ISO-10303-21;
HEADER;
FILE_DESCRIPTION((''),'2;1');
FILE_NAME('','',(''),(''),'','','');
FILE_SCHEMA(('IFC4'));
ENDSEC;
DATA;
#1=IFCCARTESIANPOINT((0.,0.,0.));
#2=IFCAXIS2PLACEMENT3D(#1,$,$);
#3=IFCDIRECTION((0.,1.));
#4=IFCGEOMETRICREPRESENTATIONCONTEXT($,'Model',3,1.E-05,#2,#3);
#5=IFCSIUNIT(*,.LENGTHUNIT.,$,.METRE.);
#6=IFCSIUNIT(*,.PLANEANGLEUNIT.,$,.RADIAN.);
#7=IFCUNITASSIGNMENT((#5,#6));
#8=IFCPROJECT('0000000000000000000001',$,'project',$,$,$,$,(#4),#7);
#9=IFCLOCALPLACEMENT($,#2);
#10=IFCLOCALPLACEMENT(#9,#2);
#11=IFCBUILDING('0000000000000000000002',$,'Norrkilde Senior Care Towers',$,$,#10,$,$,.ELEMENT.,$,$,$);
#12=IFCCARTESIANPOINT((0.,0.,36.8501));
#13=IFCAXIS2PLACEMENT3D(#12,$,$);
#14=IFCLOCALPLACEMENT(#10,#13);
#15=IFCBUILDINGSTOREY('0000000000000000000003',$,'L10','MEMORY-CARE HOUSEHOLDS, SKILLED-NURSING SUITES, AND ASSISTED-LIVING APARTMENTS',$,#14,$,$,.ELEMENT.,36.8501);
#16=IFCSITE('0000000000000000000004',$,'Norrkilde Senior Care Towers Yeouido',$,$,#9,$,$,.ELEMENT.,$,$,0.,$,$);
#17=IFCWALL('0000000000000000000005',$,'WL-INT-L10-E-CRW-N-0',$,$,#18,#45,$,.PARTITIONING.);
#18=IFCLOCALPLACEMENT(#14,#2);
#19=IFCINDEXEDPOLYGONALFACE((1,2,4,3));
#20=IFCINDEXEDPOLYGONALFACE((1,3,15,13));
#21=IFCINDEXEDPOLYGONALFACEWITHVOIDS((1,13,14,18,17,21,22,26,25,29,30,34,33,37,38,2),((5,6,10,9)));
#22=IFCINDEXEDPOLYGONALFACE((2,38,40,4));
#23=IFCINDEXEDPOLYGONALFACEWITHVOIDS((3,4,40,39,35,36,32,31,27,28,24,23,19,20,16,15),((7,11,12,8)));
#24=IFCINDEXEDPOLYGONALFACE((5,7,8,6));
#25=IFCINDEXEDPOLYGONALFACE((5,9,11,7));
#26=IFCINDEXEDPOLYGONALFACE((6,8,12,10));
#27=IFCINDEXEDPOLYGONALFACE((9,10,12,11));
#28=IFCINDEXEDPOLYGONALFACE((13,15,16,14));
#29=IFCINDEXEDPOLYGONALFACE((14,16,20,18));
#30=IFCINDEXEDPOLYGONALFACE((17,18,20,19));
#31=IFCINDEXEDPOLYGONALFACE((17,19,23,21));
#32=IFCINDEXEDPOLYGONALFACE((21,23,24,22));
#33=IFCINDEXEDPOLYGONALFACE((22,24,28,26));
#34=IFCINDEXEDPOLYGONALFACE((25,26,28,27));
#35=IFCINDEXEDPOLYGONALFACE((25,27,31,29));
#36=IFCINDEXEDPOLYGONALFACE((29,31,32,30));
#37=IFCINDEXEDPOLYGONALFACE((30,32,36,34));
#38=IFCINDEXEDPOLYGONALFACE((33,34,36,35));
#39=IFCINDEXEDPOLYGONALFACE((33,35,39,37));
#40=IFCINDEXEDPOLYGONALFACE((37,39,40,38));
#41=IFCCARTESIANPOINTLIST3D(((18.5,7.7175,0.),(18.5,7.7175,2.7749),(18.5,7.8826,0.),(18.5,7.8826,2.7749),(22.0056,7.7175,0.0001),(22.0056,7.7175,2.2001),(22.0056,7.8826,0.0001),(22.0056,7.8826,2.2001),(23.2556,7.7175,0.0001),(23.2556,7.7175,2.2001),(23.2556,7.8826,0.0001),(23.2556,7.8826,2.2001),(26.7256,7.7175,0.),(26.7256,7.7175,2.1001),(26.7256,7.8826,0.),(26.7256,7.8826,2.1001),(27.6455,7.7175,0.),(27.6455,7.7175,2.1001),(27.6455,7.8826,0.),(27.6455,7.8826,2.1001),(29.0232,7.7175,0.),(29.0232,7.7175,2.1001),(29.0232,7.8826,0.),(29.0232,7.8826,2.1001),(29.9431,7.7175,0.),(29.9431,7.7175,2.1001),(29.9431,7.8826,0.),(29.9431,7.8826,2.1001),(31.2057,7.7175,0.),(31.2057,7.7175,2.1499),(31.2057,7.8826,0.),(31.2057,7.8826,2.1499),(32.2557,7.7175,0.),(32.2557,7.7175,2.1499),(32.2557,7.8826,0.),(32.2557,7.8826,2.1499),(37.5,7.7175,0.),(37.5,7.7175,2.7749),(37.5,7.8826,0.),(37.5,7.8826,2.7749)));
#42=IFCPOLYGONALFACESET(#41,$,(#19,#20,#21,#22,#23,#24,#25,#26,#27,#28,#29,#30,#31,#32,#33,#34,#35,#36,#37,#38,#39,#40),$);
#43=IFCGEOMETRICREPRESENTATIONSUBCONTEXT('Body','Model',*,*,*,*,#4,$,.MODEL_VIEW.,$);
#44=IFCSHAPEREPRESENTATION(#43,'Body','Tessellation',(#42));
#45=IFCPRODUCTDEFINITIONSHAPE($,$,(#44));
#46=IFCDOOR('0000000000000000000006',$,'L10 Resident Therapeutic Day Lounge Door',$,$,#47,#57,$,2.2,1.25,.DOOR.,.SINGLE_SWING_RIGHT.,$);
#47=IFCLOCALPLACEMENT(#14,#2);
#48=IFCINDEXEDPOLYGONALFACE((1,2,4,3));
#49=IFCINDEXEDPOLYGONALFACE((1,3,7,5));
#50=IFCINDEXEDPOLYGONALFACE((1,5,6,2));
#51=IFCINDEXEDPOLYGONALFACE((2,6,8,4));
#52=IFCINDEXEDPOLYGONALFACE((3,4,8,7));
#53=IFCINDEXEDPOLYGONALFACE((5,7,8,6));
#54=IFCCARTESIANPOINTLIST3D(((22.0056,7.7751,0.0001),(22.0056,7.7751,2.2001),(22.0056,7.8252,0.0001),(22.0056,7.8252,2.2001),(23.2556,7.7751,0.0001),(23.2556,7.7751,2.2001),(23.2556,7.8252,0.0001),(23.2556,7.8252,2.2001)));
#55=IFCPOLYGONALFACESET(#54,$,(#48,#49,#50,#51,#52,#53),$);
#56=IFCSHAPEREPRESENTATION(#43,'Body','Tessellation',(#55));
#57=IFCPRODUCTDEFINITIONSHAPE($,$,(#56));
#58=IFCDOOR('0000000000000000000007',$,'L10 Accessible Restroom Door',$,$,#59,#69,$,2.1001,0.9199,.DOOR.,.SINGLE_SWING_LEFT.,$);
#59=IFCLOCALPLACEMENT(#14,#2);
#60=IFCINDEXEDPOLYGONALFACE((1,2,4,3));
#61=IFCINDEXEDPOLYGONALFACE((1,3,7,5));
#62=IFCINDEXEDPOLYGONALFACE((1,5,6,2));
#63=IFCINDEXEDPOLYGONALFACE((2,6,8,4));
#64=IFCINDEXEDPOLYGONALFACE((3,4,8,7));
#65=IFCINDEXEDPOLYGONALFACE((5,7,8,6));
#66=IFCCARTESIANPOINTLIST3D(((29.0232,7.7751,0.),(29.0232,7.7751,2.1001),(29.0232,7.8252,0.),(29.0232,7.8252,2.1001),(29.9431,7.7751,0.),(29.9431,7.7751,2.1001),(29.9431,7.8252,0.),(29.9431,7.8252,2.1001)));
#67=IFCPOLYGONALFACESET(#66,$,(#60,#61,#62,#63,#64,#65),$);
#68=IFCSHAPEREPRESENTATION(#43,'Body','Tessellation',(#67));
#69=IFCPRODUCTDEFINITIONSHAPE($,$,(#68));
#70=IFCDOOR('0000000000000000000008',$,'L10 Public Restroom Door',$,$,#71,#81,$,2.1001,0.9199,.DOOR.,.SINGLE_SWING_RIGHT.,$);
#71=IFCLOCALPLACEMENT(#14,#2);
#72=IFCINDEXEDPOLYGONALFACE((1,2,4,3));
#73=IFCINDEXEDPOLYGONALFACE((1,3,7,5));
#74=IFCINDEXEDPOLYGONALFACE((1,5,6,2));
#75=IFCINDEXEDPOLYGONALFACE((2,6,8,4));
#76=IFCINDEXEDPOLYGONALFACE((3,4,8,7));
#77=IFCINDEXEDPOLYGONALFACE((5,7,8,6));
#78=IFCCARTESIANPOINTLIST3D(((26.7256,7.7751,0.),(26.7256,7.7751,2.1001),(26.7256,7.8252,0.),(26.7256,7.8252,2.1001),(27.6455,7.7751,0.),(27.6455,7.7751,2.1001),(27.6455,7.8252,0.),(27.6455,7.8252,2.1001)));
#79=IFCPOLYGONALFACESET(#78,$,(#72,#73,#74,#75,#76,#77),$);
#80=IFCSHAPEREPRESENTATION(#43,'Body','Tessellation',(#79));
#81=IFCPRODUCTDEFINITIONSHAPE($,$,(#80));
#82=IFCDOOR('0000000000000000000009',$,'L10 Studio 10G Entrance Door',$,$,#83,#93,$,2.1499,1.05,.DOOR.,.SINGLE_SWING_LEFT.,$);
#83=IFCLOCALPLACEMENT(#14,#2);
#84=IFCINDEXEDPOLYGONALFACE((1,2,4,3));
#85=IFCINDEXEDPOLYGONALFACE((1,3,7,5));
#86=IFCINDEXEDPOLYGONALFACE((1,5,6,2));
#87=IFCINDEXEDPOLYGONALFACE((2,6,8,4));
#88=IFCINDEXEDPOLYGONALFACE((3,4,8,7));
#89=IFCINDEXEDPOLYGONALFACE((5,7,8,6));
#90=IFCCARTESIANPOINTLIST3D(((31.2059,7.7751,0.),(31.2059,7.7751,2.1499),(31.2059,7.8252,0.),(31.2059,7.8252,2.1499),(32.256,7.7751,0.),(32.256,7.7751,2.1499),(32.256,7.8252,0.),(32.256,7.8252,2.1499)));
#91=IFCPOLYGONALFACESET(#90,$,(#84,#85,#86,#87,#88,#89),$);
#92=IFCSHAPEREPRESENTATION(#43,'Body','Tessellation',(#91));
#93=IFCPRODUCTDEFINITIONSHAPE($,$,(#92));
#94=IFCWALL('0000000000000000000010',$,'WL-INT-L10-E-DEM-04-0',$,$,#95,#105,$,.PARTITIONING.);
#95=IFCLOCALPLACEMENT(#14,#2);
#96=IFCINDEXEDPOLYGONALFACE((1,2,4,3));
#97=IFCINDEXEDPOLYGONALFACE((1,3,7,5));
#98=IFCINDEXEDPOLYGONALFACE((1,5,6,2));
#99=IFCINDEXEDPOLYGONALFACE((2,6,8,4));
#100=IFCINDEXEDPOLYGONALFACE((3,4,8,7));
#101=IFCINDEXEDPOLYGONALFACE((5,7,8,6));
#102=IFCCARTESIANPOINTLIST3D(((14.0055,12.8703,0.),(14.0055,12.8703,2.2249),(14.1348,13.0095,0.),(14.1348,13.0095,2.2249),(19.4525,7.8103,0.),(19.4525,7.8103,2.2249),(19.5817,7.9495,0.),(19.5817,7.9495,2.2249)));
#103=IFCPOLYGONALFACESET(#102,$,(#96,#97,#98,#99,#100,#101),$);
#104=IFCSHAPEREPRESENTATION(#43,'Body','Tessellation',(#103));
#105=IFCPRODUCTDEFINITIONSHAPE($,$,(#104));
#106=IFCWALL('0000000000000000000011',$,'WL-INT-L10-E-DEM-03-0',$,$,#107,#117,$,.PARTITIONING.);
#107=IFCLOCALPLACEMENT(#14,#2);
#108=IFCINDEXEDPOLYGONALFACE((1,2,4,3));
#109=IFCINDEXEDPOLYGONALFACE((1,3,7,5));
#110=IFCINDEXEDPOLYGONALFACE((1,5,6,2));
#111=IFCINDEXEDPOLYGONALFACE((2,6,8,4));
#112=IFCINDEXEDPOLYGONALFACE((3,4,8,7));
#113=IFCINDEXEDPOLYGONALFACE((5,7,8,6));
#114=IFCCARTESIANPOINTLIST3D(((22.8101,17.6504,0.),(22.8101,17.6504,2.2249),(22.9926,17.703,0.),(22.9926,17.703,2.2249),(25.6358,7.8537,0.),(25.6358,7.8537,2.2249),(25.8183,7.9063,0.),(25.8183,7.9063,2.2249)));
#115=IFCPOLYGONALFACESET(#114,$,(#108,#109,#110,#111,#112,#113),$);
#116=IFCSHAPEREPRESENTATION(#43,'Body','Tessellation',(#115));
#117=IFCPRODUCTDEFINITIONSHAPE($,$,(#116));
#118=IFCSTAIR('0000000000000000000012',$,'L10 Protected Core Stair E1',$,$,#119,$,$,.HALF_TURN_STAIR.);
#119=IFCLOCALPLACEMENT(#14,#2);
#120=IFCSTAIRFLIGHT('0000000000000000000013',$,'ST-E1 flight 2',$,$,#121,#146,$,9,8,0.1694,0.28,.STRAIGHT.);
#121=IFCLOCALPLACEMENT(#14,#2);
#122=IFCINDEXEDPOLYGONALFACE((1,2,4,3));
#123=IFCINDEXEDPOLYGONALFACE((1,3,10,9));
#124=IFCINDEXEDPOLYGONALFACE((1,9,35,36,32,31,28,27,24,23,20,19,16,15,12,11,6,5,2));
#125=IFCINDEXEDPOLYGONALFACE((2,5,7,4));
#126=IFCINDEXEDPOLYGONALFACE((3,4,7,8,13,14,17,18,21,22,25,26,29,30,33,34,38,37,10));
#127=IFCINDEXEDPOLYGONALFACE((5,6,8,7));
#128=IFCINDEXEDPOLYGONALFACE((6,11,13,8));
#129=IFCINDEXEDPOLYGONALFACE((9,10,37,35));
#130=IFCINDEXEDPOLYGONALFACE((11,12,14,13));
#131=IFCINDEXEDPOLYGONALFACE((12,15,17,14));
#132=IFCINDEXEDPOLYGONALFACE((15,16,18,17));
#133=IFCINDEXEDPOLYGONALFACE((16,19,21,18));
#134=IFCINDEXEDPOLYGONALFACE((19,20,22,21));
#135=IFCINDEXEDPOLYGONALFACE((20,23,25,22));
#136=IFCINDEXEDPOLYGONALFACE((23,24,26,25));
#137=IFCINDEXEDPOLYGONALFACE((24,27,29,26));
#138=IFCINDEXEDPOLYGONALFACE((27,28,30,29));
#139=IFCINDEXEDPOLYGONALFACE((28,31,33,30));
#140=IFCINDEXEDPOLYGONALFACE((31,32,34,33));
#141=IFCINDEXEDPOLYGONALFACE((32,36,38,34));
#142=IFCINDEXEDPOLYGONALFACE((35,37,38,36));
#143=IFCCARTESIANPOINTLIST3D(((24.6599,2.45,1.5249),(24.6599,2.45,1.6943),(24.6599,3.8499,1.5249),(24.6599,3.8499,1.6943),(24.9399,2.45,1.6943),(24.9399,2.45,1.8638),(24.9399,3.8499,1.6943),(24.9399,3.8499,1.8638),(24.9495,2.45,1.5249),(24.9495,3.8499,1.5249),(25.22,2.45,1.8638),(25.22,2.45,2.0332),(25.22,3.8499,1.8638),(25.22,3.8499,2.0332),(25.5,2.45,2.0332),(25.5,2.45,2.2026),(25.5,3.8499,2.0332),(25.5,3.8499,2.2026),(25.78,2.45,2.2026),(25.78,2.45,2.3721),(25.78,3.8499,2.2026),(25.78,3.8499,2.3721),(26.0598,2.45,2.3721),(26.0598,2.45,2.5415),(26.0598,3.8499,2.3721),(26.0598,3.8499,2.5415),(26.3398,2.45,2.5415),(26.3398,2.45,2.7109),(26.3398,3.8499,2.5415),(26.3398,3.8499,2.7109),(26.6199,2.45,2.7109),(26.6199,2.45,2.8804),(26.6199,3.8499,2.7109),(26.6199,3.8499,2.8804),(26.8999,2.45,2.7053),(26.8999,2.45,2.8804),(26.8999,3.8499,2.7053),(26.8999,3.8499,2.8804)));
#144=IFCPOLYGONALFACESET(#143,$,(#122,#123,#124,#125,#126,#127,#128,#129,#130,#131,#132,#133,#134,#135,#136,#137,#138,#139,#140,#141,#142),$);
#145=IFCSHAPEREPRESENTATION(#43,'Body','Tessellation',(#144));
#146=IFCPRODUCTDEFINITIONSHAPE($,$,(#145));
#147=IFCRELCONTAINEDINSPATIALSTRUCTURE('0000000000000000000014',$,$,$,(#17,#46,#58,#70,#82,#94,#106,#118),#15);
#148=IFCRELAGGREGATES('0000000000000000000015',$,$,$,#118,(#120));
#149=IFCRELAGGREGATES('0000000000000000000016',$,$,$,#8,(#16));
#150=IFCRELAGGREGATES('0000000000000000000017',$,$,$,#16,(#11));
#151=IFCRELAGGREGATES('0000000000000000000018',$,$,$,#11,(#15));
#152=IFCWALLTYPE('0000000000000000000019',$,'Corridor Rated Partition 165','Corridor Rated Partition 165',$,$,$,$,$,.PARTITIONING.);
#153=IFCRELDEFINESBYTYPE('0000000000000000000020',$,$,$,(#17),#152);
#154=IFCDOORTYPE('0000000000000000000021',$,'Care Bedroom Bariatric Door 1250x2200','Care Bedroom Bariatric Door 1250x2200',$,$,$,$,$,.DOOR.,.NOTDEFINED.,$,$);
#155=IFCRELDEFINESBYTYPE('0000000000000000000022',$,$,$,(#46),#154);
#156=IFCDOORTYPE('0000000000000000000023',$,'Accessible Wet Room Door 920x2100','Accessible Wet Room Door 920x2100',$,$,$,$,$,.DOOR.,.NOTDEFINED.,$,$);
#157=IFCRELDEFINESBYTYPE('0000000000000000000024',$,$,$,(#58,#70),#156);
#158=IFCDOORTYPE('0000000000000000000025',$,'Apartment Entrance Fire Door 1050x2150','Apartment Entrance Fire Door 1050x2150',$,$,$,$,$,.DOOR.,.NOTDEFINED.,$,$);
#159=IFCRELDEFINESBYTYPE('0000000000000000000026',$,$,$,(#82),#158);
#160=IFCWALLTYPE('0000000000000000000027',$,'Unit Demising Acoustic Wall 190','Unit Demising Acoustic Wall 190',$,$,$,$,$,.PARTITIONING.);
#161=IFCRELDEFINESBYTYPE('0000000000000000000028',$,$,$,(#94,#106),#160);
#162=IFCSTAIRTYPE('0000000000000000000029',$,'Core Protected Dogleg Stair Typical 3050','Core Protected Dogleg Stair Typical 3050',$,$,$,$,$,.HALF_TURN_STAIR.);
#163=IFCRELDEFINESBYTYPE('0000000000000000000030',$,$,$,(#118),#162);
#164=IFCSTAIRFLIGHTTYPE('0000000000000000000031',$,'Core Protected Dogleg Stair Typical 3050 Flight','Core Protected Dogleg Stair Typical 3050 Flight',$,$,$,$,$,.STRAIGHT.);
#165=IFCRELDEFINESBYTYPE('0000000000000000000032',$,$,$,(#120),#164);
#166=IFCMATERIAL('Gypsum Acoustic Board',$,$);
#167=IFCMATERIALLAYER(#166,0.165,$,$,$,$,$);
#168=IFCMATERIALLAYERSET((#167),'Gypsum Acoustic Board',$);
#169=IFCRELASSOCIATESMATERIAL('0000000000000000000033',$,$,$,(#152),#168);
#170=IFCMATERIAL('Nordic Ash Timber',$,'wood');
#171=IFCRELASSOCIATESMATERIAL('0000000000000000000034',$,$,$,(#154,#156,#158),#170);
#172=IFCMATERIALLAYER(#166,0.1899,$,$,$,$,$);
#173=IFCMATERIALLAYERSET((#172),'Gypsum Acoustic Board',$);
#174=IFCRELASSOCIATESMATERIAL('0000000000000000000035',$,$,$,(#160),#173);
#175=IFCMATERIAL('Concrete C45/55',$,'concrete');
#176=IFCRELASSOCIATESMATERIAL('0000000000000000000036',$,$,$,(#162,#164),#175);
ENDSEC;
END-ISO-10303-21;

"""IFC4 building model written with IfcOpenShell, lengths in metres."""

from ifc_helpers import new_model, si_unit, direction, frame, frame_2d, origin, place, context, subcontext, project, spatial, polyline, rectangle, outline, extrude, source, transform, mapped, material, layer, layer_set, type_object, type_shapes, element, fill, aggregate, save


model = new_model("IFC4")

# Units and contexts
model_context = context("Model", 3, precision=1e-05, world=origin(), true_north=direction((0.0, 1.0)))
body_context = subcontext(model_context, "Body", "Model", "MODEL_VIEW")
ifc_project = project(units=[si_unit("LENGTHUNIT", "METRE"), si_unit("PLANEANGLEUNIT", "RADIAN")], contexts=[model_context])

# Site, building, storey
site_placement = place(None, origin())
site = spatial("IfcSite", under=ifc_project, at=site_placement, Name="Norrkilde Senior Care Towers Yeouido", CompositionType="ELEMENT", RefElevation=0.0)
building_placement = place(site_placement, origin())
building = spatial("IfcBuilding", under=site, at=building_placement, Name="Norrkilde Senior Care Towers", CompositionType="ELEMENT")
storey_placement = place(building_placement, frame((0.0, 0.0, 36.8501)))
storey = spatial("IfcBuildingStorey", under=building, at=storey_placement, Name="L10", Description="MEMORY-CARE HOUSEHOLDS, SKILLED-NURSING SUITES, AND ASSISTED-LIVING APARTMENTS", CompositionType="ELEMENT", Elevation=36.8501)

# Shared definitions
ifc_material_1 = material(Name="Concrete C45/55", Category="concrete")

# Wall, openings, doors
ifc_material_2 = material(Name="Gypsum Acoustic Board")
ifc_layer_1 = layer(ifc_material_2, 0.165)
ifc_layer_set_1 = layer_set([ifc_layer_1], Name="Gypsum Acoustic Board")
wall_type_1 = type_object("IfcWallType", Name="Corridor Rated Partition 165", Description="Corridor Rated Partition 165", PredefinedType="PARTITIONING", material=ifc_layer_set_1)
shared_shape_1 = source(origin(), body_context, "Body", "SweptSolid", [
    extrude(rectangle(XDim=19.0, YDim=0.165, at=frame_2d((9.5, 0.0))), origin(), (0.0, 0.0, 1.0), 2.7749),
])
type_shapes(wall_type_1, [shared_shape_1])
wall_1_placement = place(storey_placement, frame((18.5, 7.8, 0.0), z_axis=(0.0, 0.0, 1.0), x_axis=(1.0, 0.0, 0.0)))
wall_1 = element("IfcWall", 1, at=wall_1_placement, inside=storey, type_object=wall_type_1, Name="WL-INT-L10-E-CRW-N-0", PredefinedType="PARTITIONING", context=body_context, shape_type="MappedRepresentation", body=[
    mapped(shared_shape_1, transform((0.0, 0.0, 0.0), x_axis=(1.0, 0.0, 0.0), y_axis=(0.0, 1.0, 0.0), z_axis=(0.0, 0.0, 1.0), scale=1.0)),
])
opening_1_placement = place(wall_1_placement, frame((10.5232, 0.0, 0.0)))
opening_1 = element("IfcOpeningElement", 2, at=opening_1_placement, cuts=wall_1, PredefinedType="OPENING", context=body_context, shape_type="SweptSolid", body=[
    extrude(rectangle(XDim=0.9199, YDim=2.1001, at=frame_2d((0.46, 1.05))), frame((0.0, 0.0925, 0.0), z_axis=(0.0, -1.0, 0.0), x_axis=(1.0, 0.0, 0.0)), (0.0, 0.0, 1.0), 0.1851),
])
opening_2_placement = place(wall_1_placement, frame((8.2256, 0.0, 0.0)))
opening_2 = element("IfcOpeningElement", 3, at=opening_2_placement, cuts=wall_1, PredefinedType="OPENING", context=body_context, shape_type="SweptSolid", body=[
    extrude(rectangle(XDim=0.9199, YDim=2.1001, at=frame_2d((0.46, 1.05))), frame((0.0, 0.0925, 0.0), z_axis=(0.0, -1.0, 0.0), x_axis=(1.0, 0.0, 0.0)), (0.0, 0.0, 1.0), 0.1851),
])
opening_3_placement = place(wall_1_placement, frame((3.5056, 0.0, 0.0)))
opening_3 = element("IfcOpeningElement", 4, at=opening_3_placement, cuts=wall_1, PredefinedType="OPENING", context=body_context, shape_type="SweptSolid", body=[
    extrude(rectangle(XDim=1.25, YDim=2.2, at=frame_2d((0.625, 1.1001))), frame((0.0, 0.0925, 0.0), z_axis=(0.0, -1.0, 0.0), x_axis=(1.0, 0.0, 0.0)), (0.0, 0.0, 1.0), 0.1851),
])
opening_4_placement = place(wall_1_placement, frame((12.7058, 0.0, 0.0)))
opening_4 = element("IfcOpeningElement", 5, at=opening_4_placement, cuts=wall_1, PredefinedType="OPENING", context=body_context, shape_type="SweptSolid", body=[
    extrude(rectangle(XDim=1.05, YDim=2.1499, at=frame_2d((0.5249, 1.075))), frame((0.0, 0.0925, 0.0), z_axis=(0.0, -1.0, 0.0), x_axis=(1.0, 0.0, 0.0)), (0.0, 0.0, 1.0), 0.1851),
])
ifc_material_3 = material(Name="Nordic Ash Timber", Category="wood")
door_type_1 = type_object("IfcDoorType", Name="Care Bedroom Bariatric Door 1250x2200", Description="Care Bedroom Bariatric Door 1250x2200", OperationType="NOTDEFINED", PredefinedType="DOOR", material=ifc_material_3)
shared_shape_2 = source(origin(), body_context, "Body", "SweptSolid", [
    extrude(rectangle(XDim=1.25, YDim=2.2, at=frame_2d((0.625, 1.1001))), frame((0.0, 0.0249, 0.0), z_axis=(0.0, -1.0, 0.0), x_axis=(1.0, 0.0, 0.0)), (0.0, 0.0, 1.0), 0.05),
])
type_shapes(door_type_1, [shared_shape_2])
door_1_placement = place(opening_3_placement, frame((1.25, 0.0, 0.0), z_axis=(0.0, 0.0, 1.0), x_axis=(-1.0, 0.0, 0.0)))
door_1 = element("IfcDoor", 6, at=door_1_placement, inside=storey, type_object=door_type_1, Name="L10 Resident Therapeutic Day Lounge Door", OperationType="SINGLE_SWING_RIGHT", OverallHeight=2.2, OverallWidth=1.25, PredefinedType="DOOR", context=body_context, shape_type="MappedRepresentation", body=[
    mapped(shared_shape_2, transform((0.0, 0.0, 0.0), x_axis=(1.0, 0.0, 0.0), y_axis=(0.0, 1.0, 0.0), z_axis=(0.0, 0.0, 1.0), scale=1.0)),
])
fill(opening_3, door_1)
door_type_2 = type_object("IfcDoorType", Name="Accessible Wet Room Door 920x2100", Description="Accessible Wet Room Door 920x2100", OperationType="NOTDEFINED", PredefinedType="DOOR", material=ifc_material_3)
shared_shape_3 = source(origin(), body_context, "Body", "SweptSolid", [
    extrude(rectangle(XDim=0.9199, YDim=2.1001, at=frame_2d((0.46, 1.05))), frame((0.0, 0.0249, 0.0), z_axis=(0.0, -1.0, 0.0), x_axis=(1.0, 0.0, 0.0)), (0.0, 0.0, 1.0), 0.05),
])
type_shapes(door_type_2, [shared_shape_3])
door_2_placement = place(opening_1_placement, frame((0.9199, 0.0, 0.0), z_axis=(0.0, 0.0, 1.0), x_axis=(-1.0, 0.0, 0.0)))
door_2 = element("IfcDoor", 7, at=door_2_placement, inside=storey, type_object=door_type_2, Name="L10 Accessible Restroom Door", OperationType="SINGLE_SWING_LEFT", OverallHeight=2.1001, OverallWidth=0.9199, PredefinedType="DOOR", context=body_context, shape_type="MappedRepresentation", body=[
    mapped(shared_shape_3, transform((0.0, 0.0, 0.0), x_axis=(1.0, 0.0, 0.0), y_axis=(0.0, 1.0, 0.0), z_axis=(0.0, 0.0, 1.0), scale=1.0)),
])
fill(opening_1, door_2)
door_3_placement = place(opening_2_placement, frame((0.9199, 0.0, 0.0), z_axis=(0.0, 0.0, 1.0), x_axis=(-1.0, 0.0, 0.0)))
door_3 = element("IfcDoor", 8, at=door_3_placement, inside=storey, type_object=door_type_2, Name="L10 Public Restroom Door", OperationType="SINGLE_SWING_RIGHT", OverallHeight=2.1001, OverallWidth=0.9199, PredefinedType="DOOR", context=body_context, shape_type="MappedRepresentation", body=[
    mapped(shared_shape_3, transform((0.0, 0.0, 0.0), x_axis=(1.0, 0.0, 0.0), y_axis=(0.0, 1.0, 0.0), z_axis=(0.0, 0.0, 1.0), scale=1.0)),
])
fill(opening_2, door_3)
door_type_3 = type_object("IfcDoorType", Name="Apartment Entrance Fire Door 1050x2150", Description="Apartment Entrance Fire Door 1050x2150", OperationType="NOTDEFINED", PredefinedType="DOOR", material=ifc_material_3)
shared_shape_4 = source(origin(), body_context, "Body", "SweptSolid", [
    extrude(rectangle(XDim=1.05, YDim=2.1499, at=frame_2d((0.5249, 1.075))), frame((0.0, 0.0249, 0.0), z_axis=(0.0, -1.0, 0.0), x_axis=(1.0, 0.0, 0.0)), (0.0, 0.0, 1.0), 0.05),
])
type_shapes(door_type_3, [shared_shape_4])
door_4_placement = place(opening_4_placement, frame((1.05, 0.0, 0.0), z_axis=(0.0, 0.0, 1.0), x_axis=(-1.0, 0.0, 0.0)))
door_4 = element("IfcDoor", 9, at=door_4_placement, inside=storey, type_object=door_type_3, Name="L10 Studio 10G Entrance Door", OperationType="SINGLE_SWING_LEFT", OverallHeight=2.1499, OverallWidth=1.05, PredefinedType="DOOR", context=body_context, shape_type="MappedRepresentation", body=[
    mapped(shared_shape_4, transform((0.0, 0.0, 0.0), x_axis=(1.0, 0.0, 0.0), y_axis=(0.0, 1.0, 0.0), z_axis=(0.0, 0.0, 1.0), scale=1.0)),
])
fill(opening_4, door_4)

# Walls
ifc_layer_2 = layer(ifc_material_2, 0.1899)
ifc_layer_set_2 = layer_set([ifc_layer_2], Name="Gypsum Acoustic Board")
wall_type_2 = type_object("IfcWallType", Name="Unit Demising Acoustic Wall 190", Description="Unit Demising Acoustic Wall 190", PredefinedType="PARTITIONING", material=ifc_layer_set_2)
shared_shape_5 = source(origin(), body_context, "Body", "SweptSolid", [
    extrude(rectangle(XDim=7.4346, YDim=0.1899, at=frame_2d((3.7173, 0.0))), origin(), (0.0, 0.0, 1.0), 2.2249),
])
wall_2_placement = place(storey_placement, frame((19.5171, 7.8799, 0.0), z_axis=(0.0, 0.0, 1.0), x_axis=(-0.732652, 0.680603, 0.0)))
element("IfcWall", 10, at=wall_2_placement, inside=storey, type_object=wall_type_2, Name="WL-INT-L10-E-DEM-04-0", PredefinedType="PARTITIONING", context=body_context, shape_type="MappedRepresentation", body=[
    mapped(shared_shape_5, transform((0.0, 0.0, 0.0), x_axis=(1.0, 0.0, 0.0), y_axis=(0.0, 1.0, 0.0), z_axis=(0.0, 0.0, 1.0), scale=1.0)),
])
shared_shape_6 = source(origin(), body_context, "Body", "SweptSolid", [
    extrude(rectangle(XDim=10.196, YDim=0.1899, at=frame_2d((5.0981, 0.0))), origin(), (0.0, 0.0, 1.0), 2.2249),
])
type_shapes(wall_type_2, [shared_shape_5, shared_shape_6])
wall_3_placement = place(storey_placement, frame((25.7271, 7.8799, 0.0), z_axis=(0.0, 0.0, 1.0), x_axis=(-0.277136, 0.960831, 0.0)))
element("IfcWall", 11, at=wall_3_placement, inside=storey, type_object=wall_type_2, Name="WL-INT-L10-E-DEM-03-0", PredefinedType="PARTITIONING", context=body_context, shape_type="MappedRepresentation", body=[
    mapped(shared_shape_6, transform((0.0, 0.0, 0.0), x_axis=(1.0, 0.0, 0.0), y_axis=(0.0, 1.0, 0.0), z_axis=(0.0, 0.0, 1.0), scale=1.0)),
])

# Stair, stair flight
stair_type = type_object("IfcStairType", Name="Core Protected Dogleg Stair Typical 3050", Description="Core Protected Dogleg Stair Typical 3050", PredefinedType="HALF_TURN_STAIR", material=ifc_material_1)
stair_placement = place(storey_placement, origin())
stair = element("IfcStair", 12, at=stair_placement, inside=storey, type_object=stair_type, Name="L10 Protected Core Stair E1", PredefinedType="HALF_TURN_STAIR")
stair_flight_type = type_object("IfcStairFlightType", Name="Core Protected Dogleg Stair Typical 3050 Flight", Description="Core Protected Dogleg Stair Typical 3050 Flight", PredefinedType="STRAIGHT", material=ifc_material_1)
stair_flight_placement = place(storey_placement, frame((24.6599, 3.1499, 1.5249), z_axis=(0.0, 0.0, 1.0), x_axis=(1.0, 0.0, 0.0)))
stair_flight = element("IfcStairFlight", 13, at=stair_flight_placement, type_object=stair_flight_type, Name="ST-E1 flight 2", NumberOfRisers=9, NumberOfTreads=8, PredefinedType="STRAIGHT", RiserHeight=0.1694, TreadLength=0.28, context=body_context, shape_type="SweptSolid", body=[
    extrude(outline(polyline([(0.0, 0.0), (0.0, 0.1694), (0.28, 0.1694), (0.28, 0.3389), (0.5601, 0.3389), (0.5601, 0.5083), (0.8401, 0.5083), (0.8401, 0.6777), (1.1201, 0.6777), (1.1201, 0.8472), (1.3999, 0.8472), (1.3999, 1.0166), (1.6799, 1.0166), (1.6799, 1.186), (1.96, 1.186), (1.96, 1.3555), (2.24, 1.3555), (2.24, 1.5249), (2.24, 1.1804), (0.2896, 0.0), (0.0, 0.0)])), frame((0.0, 0.7, 0.0), z_axis=(0.0, -1.0, 0.0), x_axis=(1.0, 0.0, 0.0)), (0.0, 0.0, 1.0), 1.3999),
])
aggregate(stair, [stair_flight])

save(model, "model.ifc")
